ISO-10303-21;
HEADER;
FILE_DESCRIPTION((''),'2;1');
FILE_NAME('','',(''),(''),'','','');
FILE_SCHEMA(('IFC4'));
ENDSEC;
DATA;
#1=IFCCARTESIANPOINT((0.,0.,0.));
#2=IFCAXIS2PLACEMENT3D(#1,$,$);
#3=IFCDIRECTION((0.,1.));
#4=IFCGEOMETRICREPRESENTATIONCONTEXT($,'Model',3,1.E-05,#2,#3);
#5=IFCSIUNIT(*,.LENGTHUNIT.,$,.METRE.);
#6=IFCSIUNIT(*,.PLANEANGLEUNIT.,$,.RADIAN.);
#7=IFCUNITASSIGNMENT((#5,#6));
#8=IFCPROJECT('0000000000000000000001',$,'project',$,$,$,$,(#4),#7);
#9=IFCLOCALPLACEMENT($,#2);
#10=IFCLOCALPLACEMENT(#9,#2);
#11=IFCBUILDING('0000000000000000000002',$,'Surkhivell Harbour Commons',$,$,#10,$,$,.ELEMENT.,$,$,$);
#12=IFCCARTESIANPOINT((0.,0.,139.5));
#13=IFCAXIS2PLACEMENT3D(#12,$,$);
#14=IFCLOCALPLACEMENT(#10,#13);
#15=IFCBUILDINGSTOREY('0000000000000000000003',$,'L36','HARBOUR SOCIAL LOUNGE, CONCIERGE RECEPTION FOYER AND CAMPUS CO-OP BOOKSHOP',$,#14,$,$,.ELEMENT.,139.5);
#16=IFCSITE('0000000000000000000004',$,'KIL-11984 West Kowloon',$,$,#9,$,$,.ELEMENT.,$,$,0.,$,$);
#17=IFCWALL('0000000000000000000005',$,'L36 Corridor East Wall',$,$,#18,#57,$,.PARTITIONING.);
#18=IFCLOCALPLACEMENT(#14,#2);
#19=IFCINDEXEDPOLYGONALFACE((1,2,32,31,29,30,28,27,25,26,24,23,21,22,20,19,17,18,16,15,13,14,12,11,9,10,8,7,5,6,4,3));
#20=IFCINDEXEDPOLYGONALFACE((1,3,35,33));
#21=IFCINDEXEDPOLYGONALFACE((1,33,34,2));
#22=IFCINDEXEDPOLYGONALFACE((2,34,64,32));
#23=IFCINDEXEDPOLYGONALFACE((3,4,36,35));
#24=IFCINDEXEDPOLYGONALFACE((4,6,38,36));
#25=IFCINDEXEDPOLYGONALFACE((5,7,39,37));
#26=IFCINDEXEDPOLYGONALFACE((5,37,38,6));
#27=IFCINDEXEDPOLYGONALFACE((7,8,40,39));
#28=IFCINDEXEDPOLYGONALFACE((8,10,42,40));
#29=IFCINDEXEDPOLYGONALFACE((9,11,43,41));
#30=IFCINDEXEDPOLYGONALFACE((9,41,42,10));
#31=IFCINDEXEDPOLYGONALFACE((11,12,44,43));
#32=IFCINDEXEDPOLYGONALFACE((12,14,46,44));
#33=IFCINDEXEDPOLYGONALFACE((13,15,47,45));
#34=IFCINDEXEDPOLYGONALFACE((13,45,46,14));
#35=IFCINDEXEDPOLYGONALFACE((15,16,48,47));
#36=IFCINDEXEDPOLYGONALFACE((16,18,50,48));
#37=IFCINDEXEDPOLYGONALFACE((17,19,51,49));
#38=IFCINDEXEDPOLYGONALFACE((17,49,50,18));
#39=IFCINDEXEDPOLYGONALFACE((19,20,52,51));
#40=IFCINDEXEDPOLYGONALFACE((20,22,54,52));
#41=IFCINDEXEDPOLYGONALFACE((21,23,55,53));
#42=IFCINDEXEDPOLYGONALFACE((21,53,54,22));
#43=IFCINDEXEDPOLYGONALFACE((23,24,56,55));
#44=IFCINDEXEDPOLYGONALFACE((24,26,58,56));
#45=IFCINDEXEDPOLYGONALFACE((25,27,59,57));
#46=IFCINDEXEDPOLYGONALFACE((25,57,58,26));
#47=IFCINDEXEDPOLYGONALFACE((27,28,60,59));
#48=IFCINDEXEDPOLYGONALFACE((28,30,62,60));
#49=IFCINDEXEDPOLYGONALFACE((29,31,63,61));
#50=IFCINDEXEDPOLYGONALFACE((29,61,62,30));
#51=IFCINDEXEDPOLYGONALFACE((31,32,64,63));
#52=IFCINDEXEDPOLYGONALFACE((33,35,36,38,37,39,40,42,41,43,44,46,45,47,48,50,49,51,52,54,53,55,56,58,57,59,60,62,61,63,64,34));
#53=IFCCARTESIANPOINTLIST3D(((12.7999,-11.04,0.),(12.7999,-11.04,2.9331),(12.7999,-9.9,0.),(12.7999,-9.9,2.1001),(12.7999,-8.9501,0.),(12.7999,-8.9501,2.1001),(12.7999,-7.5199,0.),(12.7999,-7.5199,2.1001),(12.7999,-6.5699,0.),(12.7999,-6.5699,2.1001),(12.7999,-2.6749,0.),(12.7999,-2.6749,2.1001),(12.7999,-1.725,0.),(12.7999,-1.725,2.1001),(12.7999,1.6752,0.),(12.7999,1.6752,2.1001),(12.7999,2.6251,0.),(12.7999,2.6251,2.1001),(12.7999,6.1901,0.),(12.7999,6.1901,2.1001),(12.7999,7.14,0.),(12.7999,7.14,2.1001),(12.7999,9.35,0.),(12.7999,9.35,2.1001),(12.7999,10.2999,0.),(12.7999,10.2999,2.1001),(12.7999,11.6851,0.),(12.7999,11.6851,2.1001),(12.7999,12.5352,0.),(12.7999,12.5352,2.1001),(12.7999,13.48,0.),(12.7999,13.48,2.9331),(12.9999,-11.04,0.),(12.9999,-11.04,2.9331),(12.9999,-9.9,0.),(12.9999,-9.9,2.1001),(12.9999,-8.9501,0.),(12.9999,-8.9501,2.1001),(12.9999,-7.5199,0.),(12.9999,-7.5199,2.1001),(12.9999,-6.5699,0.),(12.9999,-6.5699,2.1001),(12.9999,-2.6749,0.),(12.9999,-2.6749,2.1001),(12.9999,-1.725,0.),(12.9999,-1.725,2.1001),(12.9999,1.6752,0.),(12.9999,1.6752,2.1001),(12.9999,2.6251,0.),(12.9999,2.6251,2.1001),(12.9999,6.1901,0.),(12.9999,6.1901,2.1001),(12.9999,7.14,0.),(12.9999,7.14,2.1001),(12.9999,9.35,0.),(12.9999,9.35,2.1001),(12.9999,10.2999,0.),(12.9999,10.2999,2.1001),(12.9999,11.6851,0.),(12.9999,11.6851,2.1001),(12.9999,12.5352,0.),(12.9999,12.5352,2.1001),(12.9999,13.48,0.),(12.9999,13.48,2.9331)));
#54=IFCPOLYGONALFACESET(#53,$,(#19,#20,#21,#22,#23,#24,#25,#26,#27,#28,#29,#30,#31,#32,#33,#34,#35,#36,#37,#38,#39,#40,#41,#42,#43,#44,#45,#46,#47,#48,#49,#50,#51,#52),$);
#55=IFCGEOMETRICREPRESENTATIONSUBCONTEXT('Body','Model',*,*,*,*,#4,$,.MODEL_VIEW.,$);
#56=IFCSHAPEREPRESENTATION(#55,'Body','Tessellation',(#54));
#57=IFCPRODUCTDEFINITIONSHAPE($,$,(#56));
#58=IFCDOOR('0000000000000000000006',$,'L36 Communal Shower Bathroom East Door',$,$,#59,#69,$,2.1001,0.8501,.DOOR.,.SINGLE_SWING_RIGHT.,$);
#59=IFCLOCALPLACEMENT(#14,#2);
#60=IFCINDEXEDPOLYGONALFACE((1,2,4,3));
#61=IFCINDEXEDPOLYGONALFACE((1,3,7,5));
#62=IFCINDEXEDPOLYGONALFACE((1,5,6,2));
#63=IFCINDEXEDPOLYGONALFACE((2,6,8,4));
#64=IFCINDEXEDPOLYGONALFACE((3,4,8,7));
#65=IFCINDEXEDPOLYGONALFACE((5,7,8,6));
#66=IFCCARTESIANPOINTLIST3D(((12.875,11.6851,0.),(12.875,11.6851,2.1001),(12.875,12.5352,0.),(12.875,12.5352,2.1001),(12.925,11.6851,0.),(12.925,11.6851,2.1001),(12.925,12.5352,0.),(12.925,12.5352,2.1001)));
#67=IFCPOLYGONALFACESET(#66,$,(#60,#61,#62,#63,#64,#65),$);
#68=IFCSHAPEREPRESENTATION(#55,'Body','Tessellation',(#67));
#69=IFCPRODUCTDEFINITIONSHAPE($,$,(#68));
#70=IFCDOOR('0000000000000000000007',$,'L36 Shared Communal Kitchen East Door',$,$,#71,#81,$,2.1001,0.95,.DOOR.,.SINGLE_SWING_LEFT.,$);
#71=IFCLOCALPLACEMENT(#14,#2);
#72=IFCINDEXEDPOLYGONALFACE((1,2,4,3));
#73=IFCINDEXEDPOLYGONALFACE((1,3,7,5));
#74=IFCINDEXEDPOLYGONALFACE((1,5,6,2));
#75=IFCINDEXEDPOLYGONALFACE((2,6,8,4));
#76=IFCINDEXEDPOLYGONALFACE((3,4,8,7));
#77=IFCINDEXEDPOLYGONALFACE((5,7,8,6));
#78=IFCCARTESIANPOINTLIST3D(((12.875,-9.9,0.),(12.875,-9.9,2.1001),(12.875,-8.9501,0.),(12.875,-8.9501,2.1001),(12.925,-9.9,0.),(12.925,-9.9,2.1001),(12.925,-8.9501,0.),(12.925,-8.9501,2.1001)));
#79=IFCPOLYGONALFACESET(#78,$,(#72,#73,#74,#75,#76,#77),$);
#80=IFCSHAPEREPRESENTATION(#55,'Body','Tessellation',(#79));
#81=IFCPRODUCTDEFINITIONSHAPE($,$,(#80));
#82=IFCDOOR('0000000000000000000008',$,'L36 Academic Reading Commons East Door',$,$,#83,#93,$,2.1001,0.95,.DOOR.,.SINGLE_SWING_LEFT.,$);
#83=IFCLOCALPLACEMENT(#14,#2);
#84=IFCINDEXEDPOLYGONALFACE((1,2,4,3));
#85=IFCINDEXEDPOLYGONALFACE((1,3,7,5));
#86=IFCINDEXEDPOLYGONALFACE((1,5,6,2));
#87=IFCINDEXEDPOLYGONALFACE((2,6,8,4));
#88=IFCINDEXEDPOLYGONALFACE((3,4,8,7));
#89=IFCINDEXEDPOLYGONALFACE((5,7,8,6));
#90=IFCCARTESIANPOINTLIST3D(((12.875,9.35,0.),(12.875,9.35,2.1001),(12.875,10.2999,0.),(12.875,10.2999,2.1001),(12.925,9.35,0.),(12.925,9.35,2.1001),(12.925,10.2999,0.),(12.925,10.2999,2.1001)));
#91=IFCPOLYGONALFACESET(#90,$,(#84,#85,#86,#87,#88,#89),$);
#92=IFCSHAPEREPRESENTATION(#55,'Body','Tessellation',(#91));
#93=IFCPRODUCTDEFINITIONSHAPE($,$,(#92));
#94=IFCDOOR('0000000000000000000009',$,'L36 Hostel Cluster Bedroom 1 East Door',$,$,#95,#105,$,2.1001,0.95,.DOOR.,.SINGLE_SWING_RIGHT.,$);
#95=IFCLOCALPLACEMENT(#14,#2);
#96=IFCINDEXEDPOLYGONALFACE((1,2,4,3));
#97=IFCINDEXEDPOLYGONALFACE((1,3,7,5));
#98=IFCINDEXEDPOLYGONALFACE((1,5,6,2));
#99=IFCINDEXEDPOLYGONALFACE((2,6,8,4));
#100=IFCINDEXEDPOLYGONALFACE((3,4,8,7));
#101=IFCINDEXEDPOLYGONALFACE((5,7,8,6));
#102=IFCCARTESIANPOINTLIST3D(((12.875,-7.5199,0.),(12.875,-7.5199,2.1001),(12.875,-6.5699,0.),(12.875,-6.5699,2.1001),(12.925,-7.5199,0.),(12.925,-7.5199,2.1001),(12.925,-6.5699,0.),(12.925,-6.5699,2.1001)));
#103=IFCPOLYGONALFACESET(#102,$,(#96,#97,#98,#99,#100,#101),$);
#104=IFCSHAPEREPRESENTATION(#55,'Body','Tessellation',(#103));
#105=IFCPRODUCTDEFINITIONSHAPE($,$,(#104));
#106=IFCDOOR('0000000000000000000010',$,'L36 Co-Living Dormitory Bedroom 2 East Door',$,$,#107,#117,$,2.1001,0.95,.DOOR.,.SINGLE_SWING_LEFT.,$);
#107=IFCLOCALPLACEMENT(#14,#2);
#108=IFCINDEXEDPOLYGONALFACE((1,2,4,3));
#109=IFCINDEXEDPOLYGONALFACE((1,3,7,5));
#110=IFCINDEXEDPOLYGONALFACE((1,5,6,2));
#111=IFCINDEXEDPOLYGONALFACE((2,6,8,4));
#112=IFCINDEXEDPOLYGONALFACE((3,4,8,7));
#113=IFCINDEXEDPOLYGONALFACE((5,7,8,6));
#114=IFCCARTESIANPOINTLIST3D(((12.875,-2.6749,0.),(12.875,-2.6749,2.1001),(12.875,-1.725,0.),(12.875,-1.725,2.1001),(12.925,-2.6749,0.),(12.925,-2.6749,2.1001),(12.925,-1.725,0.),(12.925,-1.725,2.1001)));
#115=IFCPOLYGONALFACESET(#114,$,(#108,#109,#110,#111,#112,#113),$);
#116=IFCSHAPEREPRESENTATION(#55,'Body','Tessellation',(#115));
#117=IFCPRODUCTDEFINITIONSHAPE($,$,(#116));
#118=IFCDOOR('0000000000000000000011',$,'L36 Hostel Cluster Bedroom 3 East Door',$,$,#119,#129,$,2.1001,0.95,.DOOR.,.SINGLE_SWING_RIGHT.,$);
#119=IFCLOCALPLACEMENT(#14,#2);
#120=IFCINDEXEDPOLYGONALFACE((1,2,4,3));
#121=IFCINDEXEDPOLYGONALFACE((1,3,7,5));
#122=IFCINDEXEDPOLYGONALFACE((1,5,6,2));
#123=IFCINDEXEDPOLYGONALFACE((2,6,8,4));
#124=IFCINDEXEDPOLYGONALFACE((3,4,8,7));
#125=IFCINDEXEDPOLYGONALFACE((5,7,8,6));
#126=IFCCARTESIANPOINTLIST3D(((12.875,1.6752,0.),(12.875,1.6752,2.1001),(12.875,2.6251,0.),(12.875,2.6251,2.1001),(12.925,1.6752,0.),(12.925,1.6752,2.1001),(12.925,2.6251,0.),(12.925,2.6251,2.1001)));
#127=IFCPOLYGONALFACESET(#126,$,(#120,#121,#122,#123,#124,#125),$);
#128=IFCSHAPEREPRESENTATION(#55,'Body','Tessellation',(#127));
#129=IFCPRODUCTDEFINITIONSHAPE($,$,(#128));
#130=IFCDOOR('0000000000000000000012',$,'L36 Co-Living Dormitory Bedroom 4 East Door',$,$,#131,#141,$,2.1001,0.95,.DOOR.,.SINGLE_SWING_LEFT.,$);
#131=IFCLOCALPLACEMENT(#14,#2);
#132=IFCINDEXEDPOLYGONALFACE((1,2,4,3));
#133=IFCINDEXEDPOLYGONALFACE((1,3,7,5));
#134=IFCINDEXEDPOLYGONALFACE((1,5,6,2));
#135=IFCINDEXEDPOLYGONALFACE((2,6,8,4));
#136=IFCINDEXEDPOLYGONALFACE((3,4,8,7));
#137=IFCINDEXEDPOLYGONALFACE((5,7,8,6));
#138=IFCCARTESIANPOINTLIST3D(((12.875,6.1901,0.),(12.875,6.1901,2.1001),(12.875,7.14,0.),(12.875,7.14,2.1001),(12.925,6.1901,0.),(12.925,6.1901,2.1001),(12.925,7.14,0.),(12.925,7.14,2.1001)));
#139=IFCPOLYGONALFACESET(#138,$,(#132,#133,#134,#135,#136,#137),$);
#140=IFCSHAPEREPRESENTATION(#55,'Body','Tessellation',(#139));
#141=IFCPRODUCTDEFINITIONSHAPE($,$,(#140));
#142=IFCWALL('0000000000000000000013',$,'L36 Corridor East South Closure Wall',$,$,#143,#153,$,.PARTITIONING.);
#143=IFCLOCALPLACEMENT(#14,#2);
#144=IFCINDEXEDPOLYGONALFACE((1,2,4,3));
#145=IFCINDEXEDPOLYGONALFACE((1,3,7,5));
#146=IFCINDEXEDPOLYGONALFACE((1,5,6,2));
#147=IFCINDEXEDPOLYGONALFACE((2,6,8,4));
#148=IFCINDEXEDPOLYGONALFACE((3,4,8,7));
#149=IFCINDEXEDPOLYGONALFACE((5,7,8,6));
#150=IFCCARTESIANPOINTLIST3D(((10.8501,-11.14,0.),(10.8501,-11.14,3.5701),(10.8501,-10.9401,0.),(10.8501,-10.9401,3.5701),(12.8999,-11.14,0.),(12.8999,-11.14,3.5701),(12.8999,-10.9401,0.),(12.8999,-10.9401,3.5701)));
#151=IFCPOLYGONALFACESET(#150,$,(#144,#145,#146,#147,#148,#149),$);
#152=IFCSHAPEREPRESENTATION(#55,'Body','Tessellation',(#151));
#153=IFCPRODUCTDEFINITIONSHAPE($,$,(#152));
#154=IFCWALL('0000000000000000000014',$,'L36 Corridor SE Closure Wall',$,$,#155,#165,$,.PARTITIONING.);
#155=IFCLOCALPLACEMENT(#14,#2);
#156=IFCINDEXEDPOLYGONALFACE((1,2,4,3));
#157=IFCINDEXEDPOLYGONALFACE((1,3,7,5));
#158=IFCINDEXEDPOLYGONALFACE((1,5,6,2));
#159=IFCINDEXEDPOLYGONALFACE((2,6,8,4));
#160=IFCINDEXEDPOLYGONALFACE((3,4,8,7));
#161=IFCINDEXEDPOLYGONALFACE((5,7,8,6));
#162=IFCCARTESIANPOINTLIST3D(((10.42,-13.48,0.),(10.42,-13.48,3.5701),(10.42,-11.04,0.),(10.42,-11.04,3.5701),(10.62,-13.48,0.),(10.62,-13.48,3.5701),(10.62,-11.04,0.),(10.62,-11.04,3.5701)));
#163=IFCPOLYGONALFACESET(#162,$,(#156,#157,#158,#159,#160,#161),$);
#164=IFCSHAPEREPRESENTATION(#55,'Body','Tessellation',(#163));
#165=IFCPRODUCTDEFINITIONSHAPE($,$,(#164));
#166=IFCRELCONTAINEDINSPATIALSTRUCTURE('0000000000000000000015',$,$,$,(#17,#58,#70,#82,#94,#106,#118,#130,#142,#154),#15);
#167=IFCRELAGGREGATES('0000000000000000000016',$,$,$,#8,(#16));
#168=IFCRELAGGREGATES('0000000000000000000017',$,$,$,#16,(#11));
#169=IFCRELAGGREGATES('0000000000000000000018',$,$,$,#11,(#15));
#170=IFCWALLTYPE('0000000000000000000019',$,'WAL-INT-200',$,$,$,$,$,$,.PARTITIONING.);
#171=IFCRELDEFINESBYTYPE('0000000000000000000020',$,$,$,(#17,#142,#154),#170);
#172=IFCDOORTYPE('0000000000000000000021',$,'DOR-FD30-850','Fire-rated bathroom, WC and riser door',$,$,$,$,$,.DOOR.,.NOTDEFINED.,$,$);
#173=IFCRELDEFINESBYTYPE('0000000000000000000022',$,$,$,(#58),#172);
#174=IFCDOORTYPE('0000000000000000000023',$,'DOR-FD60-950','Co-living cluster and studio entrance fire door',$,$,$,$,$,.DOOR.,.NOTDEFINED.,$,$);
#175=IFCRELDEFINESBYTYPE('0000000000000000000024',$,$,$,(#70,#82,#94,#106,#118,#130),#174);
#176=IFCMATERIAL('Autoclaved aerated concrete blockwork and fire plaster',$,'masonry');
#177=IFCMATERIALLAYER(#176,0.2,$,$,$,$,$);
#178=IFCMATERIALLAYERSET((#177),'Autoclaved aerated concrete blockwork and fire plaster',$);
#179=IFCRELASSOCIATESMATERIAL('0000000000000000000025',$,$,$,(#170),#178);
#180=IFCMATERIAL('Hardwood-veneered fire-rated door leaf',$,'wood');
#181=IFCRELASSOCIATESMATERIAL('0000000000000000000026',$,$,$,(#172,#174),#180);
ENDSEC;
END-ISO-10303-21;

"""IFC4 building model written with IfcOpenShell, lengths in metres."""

from ifc_helpers import new_model, si_unit, direction, frame, frame_2d, origin, place, context, subcontext, project, spatial, rectangle, extrude, material, layer, layer_set, type_object, element, fill, save


model = new_model("IFC4")

# Units and contexts
model_context = context("Model", 3, precision=1e-05, world=origin(), true_north=direction((0.0, 1.0)))
body_context = subcontext(model_context, "Body", "Model", "MODEL_VIEW")
ifc_project = project(units=[si_unit("LENGTHUNIT", "METRE"), si_unit("PLANEANGLEUNIT", "RADIAN")], contexts=[model_context])

# Site, building, storey
site_placement = place(None, origin())
site = spatial("IfcSite", under=ifc_project, at=site_placement, Name="KIL-11984 West Kowloon", CompositionType="ELEMENT", RefElevation=0.0)
building_placement = place(site_placement, origin())
building = spatial("IfcBuilding", under=site, at=building_placement, Name="Surkhivell Harbour Commons", CompositionType="ELEMENT")
storey_placement = place(building_placement, frame((0.0, 0.0, 139.5)))
storey = spatial("IfcBuildingStorey", under=building, at=storey_placement, Name="L36", Description="HARBOUR SOCIAL LOUNGE, CONCIERGE RECEPTION FOYER AND CAMPUS CO-OP BOOKSHOP", CompositionType="ELEMENT", Elevation=139.5)

# Shared definitions
ifc_material_1 = material(Name="Autoclaved aerated concrete blockwork and fire plaster", Category="masonry")
ifc_layer_1 = layer(ifc_material_1, 0.2)
ifc_layer_set_1 = layer_set([ifc_layer_1], Name="Autoclaved aerated concrete blockwork and fire plaster")
wall_type_1 = type_object("IfcWallType", Name="WAL-INT-200", PredefinedType="PARTITIONING", material=ifc_layer_set_1)

# Wall, openings, doors
wall_1_placement = place(storey_placement, frame((12.8999, -11.04, 0.0), z_axis=(0.0, 0.0, 1.0), x_axis=(0.0, 1.0, 0.0)))
wall_1 = element("IfcWall", 1, at=wall_1_placement, inside=storey, type_object=wall_type_1, Name="L36 Corridor East Wall", PredefinedType="PARTITIONING", context=body_context, shape_type="SweptSolid", body=[
    extrude(rectangle(XDim=24.52, YDim=0.2, at=frame_2d((12.26, 0.0))), origin(), (0.0, 0.0, 1.0), 2.9331),
])
opening_1_placement = place(wall_1_placement, frame((1.1399, 0.0, 0.0)))
opening_1 = element("IfcOpeningElement", 2, at=opening_1_placement, cuts=wall_1, PredefinedType="OPENING", context=body_context, shape_type="SweptSolid", body=[
    extrude(rectangle(XDim=0.95, YDim=2.1001, at=frame_2d((0.4751, 1.05))), frame((0.0, 0.1099, 0.0), z_axis=(0.0, -1.0, 0.0), x_axis=(1.0, 0.0, 0.0)), (0.0, 0.0, 1.0), 0.22),
])
opening_2_placement = place(wall_1_placement, frame((22.7251, 0.0, 0.0)))
opening_2 = element("IfcOpeningElement", 3, at=opening_2_placement, cuts=wall_1, PredefinedType="OPENING", context=body_context, shape_type="SweptSolid", body=[
    extrude(rectangle(XDim=0.8501, YDim=2.1001, at=frame_2d((0.425, 1.05))), frame((0.0, 0.1099, 0.0), z_axis=(0.0, -1.0, 0.0), x_axis=(1.0, 0.0, 0.0)), (0.0, 0.0, 1.0), 0.22),
])
opening_3_placement = place(wall_1_placement, frame((20.3899, 0.0, 0.0)))
opening_3 = element("IfcOpeningElement", 4, at=opening_3_placement, cuts=wall_1, PredefinedType="OPENING", context=body_context, shape_type="SweptSolid", body=[
    extrude(rectangle(XDim=0.95, YDim=2.1001, at=frame_2d((0.4751, 1.05))), frame((0.0, 0.1099, 0.0), z_axis=(0.0, -1.0, 0.0), x_axis=(1.0, 0.0, 0.0)), (0.0, 0.0, 1.0), 0.22),
])
opening_4_placement = place(wall_1_placement, frame((3.52, 0.0, 0.0)))
opening_4 = element("IfcOpeningElement", 5, at=opening_4_placement, cuts=wall_1, PredefinedType="OPENING", context=body_context, shape_type="SweptSolid", body=[
    extrude(rectangle(XDim=0.95, YDim=2.1001, at=frame_2d((0.4751, 1.05))), frame((0.0, 0.1099, 0.0), z_axis=(0.0, -1.0, 0.0), x_axis=(1.0, 0.0, 0.0)), (0.0, 0.0, 1.0), 0.22),
])
opening_5_placement = place(wall_1_placement, frame((8.365, 0.0, 0.0)))
opening_5 = element("IfcOpeningElement", 6, at=opening_5_placement, cuts=wall_1, PredefinedType="OPENING", context=body_context, shape_type="SweptSolid", body=[
    extrude(rectangle(XDim=0.95, YDim=2.1001, at=frame_2d((0.4751, 1.05))), frame((0.0, 0.1099, 0.0), z_axis=(0.0, -1.0, 0.0), x_axis=(1.0, 0.0, 0.0)), (0.0, 0.0, 1.0), 0.22),
])
opening_6_placement = place(wall_1_placement, frame((12.7151, 0.0, 0.0)))
opening_6 = element("IfcOpeningElement", 7, at=opening_6_placement, cuts=wall_1, PredefinedType="OPENING", context=body_context, shape_type="SweptSolid", body=[
    extrude(rectangle(XDim=0.95, YDim=2.1001, at=frame_2d((0.4751, 1.05))), frame((0.0, 0.1099, 0.0), z_axis=(0.0, -1.0, 0.0), x_axis=(1.0, 0.0, 0.0)), (0.0, 0.0, 1.0), 0.22),
])
opening_7_placement = place(wall_1_placement, frame((17.23, 0.0, 0.0)))
opening_7 = element("IfcOpeningElement", 8, at=opening_7_placement, cuts=wall_1, PredefinedType="OPENING", context=body_context, shape_type="SweptSolid", body=[
    extrude(rectangle(XDim=0.95, YDim=2.1001, at=frame_2d((0.4751, 1.05))), frame((0.0, 0.1099, 0.0), z_axis=(0.0, -1.0, 0.0), x_axis=(1.0, 0.0, 0.0)), (0.0, 0.0, 1.0), 0.22),
])
ifc_material_2 = material(Name="Hardwood-veneered fire-rated door leaf", Category="wood")
door_type_1 = type_object("IfcDoorType", Name="DOR-FD30-850", Description="Fire-rated bathroom, WC and riser door", OperationType="NOTDEFINED", PredefinedType="DOOR", material=ifc_material_2)
door_1_placement = place(opening_2_placement, origin())
door_1 = element("IfcDoor", 9, at=door_1_placement, inside=storey, type_object=door_type_1, Name="L36 Communal Shower Bathroom East Door", OperationType="SINGLE_SWING_RIGHT", OverallHeight=2.1001, OverallWidth=0.8501, PredefinedType="DOOR", context=body_context, shape_type="SweptSolid", body=[
    extrude(rectangle(XDim=0.8501, YDim=2.1001, at=frame_2d((0.425, 1.05))), frame((0.0, 0.0249, 0.0), z_axis=(0.0, -1.0, 0.0), x_axis=(1.0, 0.0, 0.0)), (0.0, 0.0, 1.0), 0.05),
])
fill(opening_2, door_1)
door_type_2 = type_object("IfcDoorType", Name="DOR-FD60-950", Description="Co-living cluster and studio entrance fire door", OperationType="NOTDEFINED", PredefinedType="DOOR", material=ifc_material_2)
door_2_placement = place(opening_1_placement, origin())
door_2 = element("IfcDoor", 10, at=door_2_placement, inside=storey, type_object=door_type_2, Name="L36 Shared Communal Kitchen East Door", OperationType="SINGLE_SWING_LEFT", OverallHeight=2.1001, OverallWidth=0.95, PredefinedType="DOOR", context=body_context, shape_type="SweptSolid", body=[
    extrude(rectangle(XDim=0.95, YDim=2.1001, at=frame_2d((0.4751, 1.05))), frame((0.0, 0.0249, 0.0), z_axis=(0.0, -1.0, 0.0), x_axis=(1.0, 0.0, 0.0)), (0.0, 0.0, 1.0), 0.05),
])
fill(opening_1, door_2)
door_3_placement = place(opening_3_placement, origin())
door_3 = element("IfcDoor", 11, at=door_3_placement, inside=storey, type_object=door_type_2, Name="L36 Academic Reading Commons East Door", OperationType="SINGLE_SWING_LEFT", OverallHeight=2.1001, OverallWidth=0.95, PredefinedType="DOOR", context=body_context, shape_type="SweptSolid", body=[
    extrude(rectangle(XDim=0.95, YDim=2.1001, at=frame_2d((0.4751, 1.05))), frame((0.0, 0.0249, 0.0), z_axis=(0.0, -1.0, 0.0), x_axis=(1.0, 0.0, 0.0)), (0.0, 0.0, 1.0), 0.05),
])
fill(opening_3, door_3)
door_4_placement = place(opening_4_placement, origin())
door_4 = element("IfcDoor", 12, at=door_4_placement, inside=storey, type_object=door_type_2, Name="L36 Hostel Cluster Bedroom 1 East Door", OperationType="SINGLE_SWING_RIGHT", OverallHeight=2.1001, OverallWidth=0.95, PredefinedType="DOOR", context=body_context, shape_type="SweptSolid", body=[
    extrude(rectangle(XDim=0.95, YDim=2.1001, at=frame_2d((0.4751, 1.05))), frame((0.0, 0.0249, 0.0), z_axis=(0.0, -1.0, 0.0), x_axis=(1.0, 0.0, 0.0)), (0.0, 0.0, 1.0), 0.05),
])
fill(opening_4, door_4)
door_5_placement = place(opening_5_placement, origin())
door_5 = element("IfcDoor", 13, at=door_5_placement, inside=storey, type_object=door_type_2, Name="L36 Co-Living Dormitory Bedroom 2 East Door", OperationType="SINGLE_SWING_LEFT", OverallHeight=2.1001, OverallWidth=0.95, PredefinedType="DOOR", context=body_context, shape_type="SweptSolid", body=[
    extrude(rectangle(XDim=0.95, YDim=2.1001, at=frame_2d((0.4751, 1.05))), frame((0.0, 0.0249, 0.0), z_axis=(0.0, -1.0, 0.0), x_axis=(1.0, 0.0, 0.0)), (0.0, 0.0, 1.0), 0.05),
])
fill(opening_5, door_5)
door_6_placement = place(opening_6_placement, origin())
door_6 = element("IfcDoor", 14, at=door_6_placement, inside=storey, type_object=door_type_2, Name="L36 Hostel Cluster Bedroom 3 East Door", OperationType="SINGLE_SWING_RIGHT", OverallHeight=2.1001, OverallWidth=0.95, PredefinedType="DOOR", context=body_context, shape_type="SweptSolid", body=[
    extrude(rectangle(XDim=0.95, YDim=2.1001, at=frame_2d((0.4751, 1.05))), frame((0.0, 0.0249, 0.0), z_axis=(0.0, -1.0, 0.0), x_axis=(1.0, 0.0, 0.0)), (0.0, 0.0, 1.0), 0.05),
])
fill(opening_6, door_6)
door_7_placement = place(opening_7_placement, origin())
door_7 = element("IfcDoor", 15, at=door_7_placement, inside=storey, type_object=door_type_2, Name="L36 Co-Living Dormitory Bedroom 4 East Door", OperationType="SINGLE_SWING_LEFT", OverallHeight=2.1001, OverallWidth=0.95, PredefinedType="DOOR", context=body_context, shape_type="SweptSolid", body=[
    extrude(rectangle(XDim=0.95, YDim=2.1001, at=frame_2d((0.4751, 1.05))), frame((0.0, 0.0249, 0.0), z_axis=(0.0, -1.0, 0.0), x_axis=(1.0, 0.0, 0.0)), (0.0, 0.0, 1.0), 0.05),
])
fill(opening_7, door_7)

# Walls
wall_2_placement = place(storey_placement, frame((10.8501, -11.04, 0.0), z_axis=(0.0, 0.0, 1.0), x_axis=(1.0, 0.0, 0.0)))
element("IfcWall", 16, at=wall_2_placement, inside=storey, type_object=wall_type_1, Name="L36 Corridor East South Closure Wall", PredefinedType="PARTITIONING", context=body_context, shape_type="SweptSolid", body=[
    extrude(rectangle(XDim=2.0498, YDim=0.2, at=frame_2d((1.0249, 0.0))), origin(), (0.0, 0.0, 1.0), 3.5701),
])
wall_3_placement = place(storey_placement, frame((10.52, -13.48, 0.0), z_axis=(0.0, 0.0, 1.0), x_axis=(0.0, 1.0, 0.0)))
element("IfcWall", 17, at=wall_3_placement, inside=storey, type_object=wall_type_1, Name="L36 Corridor SE Closure Wall", PredefinedType="PARTITIONING", context=body_context, shape_type="SweptSolid", body=[
    extrude(rectangle(XDim=2.4399, YDim=0.2, at=frame_2d((1.22, 0.0))), origin(), (0.0, 0.0, 1.0), 3.5701),
])

save(model, "model.ifc")
